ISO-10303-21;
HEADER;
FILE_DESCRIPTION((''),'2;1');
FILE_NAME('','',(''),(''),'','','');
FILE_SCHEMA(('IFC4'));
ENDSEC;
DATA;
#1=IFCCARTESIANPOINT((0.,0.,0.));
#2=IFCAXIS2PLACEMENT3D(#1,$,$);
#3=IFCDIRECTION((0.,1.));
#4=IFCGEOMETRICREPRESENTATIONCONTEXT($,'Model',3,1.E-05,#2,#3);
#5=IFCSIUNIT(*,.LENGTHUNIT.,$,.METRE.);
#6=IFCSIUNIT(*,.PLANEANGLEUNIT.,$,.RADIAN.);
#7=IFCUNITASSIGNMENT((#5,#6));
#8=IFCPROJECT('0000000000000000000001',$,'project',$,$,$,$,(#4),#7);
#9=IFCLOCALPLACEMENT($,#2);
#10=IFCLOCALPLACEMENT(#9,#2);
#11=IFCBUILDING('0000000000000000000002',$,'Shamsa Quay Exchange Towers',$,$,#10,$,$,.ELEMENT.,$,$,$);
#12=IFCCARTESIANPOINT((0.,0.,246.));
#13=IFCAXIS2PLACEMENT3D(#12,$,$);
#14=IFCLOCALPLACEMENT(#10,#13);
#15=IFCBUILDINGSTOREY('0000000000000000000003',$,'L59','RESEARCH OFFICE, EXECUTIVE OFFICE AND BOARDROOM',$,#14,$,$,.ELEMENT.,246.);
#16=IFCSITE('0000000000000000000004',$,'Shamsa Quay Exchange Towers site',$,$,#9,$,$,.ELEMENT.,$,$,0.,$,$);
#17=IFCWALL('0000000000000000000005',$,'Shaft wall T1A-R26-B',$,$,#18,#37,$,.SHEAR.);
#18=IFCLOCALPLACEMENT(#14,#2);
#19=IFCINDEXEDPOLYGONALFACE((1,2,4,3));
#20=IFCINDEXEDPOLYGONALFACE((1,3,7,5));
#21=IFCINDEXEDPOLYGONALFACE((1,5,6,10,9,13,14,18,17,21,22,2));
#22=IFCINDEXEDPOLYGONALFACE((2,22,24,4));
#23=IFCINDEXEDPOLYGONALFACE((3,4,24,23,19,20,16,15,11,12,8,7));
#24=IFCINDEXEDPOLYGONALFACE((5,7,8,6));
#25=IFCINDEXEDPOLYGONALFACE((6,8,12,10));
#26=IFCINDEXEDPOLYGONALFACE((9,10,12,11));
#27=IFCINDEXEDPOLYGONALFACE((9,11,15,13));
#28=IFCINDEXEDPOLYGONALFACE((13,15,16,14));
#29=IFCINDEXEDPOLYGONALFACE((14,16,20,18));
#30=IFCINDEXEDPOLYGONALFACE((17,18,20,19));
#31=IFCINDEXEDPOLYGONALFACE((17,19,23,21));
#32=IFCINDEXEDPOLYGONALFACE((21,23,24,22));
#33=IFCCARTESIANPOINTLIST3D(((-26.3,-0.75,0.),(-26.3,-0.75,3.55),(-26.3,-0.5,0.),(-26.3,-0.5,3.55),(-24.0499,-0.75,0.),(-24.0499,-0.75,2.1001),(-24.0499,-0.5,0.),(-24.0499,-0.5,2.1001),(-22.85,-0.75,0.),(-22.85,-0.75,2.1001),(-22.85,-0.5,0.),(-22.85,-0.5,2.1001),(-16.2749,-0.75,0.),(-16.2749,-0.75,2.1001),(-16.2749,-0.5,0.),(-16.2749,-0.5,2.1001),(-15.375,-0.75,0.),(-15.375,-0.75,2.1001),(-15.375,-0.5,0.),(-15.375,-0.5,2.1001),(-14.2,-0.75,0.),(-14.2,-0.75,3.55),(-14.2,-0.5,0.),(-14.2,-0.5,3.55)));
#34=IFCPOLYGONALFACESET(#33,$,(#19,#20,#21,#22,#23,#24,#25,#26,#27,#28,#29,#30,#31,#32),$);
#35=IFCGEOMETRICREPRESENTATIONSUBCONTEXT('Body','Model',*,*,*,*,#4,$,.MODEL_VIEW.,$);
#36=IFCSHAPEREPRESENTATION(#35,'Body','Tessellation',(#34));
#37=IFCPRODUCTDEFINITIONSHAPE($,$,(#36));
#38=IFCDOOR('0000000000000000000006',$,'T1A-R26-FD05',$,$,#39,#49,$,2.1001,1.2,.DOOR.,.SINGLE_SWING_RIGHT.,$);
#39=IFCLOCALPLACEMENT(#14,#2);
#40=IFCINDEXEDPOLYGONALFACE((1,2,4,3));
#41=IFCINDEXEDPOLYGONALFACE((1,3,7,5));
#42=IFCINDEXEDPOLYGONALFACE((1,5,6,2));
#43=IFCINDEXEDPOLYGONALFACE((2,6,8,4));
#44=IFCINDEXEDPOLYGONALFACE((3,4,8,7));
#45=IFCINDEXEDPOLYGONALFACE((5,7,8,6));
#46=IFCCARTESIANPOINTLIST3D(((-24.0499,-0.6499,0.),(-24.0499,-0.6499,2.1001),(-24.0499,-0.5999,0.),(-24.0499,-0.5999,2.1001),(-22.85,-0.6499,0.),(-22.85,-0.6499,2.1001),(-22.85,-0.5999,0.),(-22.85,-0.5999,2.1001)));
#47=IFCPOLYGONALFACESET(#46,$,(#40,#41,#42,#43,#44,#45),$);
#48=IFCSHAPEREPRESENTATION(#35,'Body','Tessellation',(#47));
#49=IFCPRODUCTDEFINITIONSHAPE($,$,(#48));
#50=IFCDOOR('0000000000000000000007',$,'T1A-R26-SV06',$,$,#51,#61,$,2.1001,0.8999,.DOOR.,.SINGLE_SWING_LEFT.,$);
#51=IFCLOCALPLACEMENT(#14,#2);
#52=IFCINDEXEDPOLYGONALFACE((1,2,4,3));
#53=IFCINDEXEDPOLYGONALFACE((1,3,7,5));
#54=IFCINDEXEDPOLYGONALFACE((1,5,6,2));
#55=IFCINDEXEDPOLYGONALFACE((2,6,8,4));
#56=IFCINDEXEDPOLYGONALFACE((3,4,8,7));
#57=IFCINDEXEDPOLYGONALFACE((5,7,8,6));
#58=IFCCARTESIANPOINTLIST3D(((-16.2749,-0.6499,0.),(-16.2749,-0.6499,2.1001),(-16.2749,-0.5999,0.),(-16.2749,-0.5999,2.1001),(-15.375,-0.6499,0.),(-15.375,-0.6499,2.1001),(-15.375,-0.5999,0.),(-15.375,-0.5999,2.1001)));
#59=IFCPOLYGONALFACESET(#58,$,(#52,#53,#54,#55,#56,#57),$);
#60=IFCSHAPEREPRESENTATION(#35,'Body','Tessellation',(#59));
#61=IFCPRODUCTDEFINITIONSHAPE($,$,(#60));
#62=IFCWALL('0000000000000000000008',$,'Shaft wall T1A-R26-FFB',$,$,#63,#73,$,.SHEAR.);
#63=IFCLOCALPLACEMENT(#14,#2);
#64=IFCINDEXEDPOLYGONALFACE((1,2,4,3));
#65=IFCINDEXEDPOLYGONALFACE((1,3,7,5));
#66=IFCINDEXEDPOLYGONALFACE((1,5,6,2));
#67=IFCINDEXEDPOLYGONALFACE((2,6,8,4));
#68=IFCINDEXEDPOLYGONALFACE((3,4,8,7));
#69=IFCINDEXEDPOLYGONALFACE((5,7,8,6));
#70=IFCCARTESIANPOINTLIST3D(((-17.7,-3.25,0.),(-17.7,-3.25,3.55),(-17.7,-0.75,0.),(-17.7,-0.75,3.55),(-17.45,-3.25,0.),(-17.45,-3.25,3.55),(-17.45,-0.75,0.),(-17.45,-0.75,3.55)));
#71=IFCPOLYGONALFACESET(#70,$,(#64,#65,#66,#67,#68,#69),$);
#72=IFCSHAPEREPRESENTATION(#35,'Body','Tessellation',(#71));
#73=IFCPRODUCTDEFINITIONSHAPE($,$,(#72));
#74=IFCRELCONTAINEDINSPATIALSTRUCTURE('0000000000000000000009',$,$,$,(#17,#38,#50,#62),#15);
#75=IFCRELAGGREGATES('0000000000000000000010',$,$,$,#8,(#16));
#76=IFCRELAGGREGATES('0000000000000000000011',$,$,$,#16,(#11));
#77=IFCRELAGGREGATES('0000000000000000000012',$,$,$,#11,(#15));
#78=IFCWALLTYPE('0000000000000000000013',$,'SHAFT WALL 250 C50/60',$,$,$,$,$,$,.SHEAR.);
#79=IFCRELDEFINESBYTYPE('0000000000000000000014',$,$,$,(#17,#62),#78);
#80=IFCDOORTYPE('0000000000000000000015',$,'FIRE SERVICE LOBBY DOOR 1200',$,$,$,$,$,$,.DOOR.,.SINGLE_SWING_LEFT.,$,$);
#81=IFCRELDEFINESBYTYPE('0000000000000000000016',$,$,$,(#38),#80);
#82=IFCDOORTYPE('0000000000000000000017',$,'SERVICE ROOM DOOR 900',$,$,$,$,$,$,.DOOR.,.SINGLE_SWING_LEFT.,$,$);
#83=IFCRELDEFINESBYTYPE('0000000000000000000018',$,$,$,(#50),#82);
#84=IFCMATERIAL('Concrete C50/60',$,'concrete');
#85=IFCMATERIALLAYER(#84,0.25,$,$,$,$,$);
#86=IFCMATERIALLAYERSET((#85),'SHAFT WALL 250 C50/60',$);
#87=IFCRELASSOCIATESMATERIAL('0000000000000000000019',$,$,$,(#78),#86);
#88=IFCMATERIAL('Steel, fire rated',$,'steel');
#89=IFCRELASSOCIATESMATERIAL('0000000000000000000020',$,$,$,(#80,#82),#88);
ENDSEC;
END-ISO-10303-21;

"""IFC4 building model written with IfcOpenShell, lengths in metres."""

from ifc_helpers import new_model, si_unit, direction, frame, frame_2d, origin, place, context, subcontext, project, spatial, rectangle, extrude, material, layer, layer_set, type_object, element, fill, save


model = new_model("IFC4")

# Units and contexts
model_context = context("Model", 3, precision=1e-05, world=origin(), true_north=direction((0.0, 1.0)))
body_context = subcontext(model_context, "Body", "Model", "MODEL_VIEW")
ifc_project = project(units=[si_unit("LENGTHUNIT", "METRE"), si_unit("PLANEANGLEUNIT", "RADIAN")], contexts=[model_context])

# Site, building, storey
site_placement = place(None, origin())
site = spatial("IfcSite", under=ifc_project, at=site_placement, Name="Shamsa Quay Exchange Towers site", CompositionType="ELEMENT", RefElevation=0.0)
building_placement = place(site_placement, origin())
building = spatial("IfcBuilding", under=site, at=building_placement, Name="Shamsa Quay Exchange Towers", CompositionType="ELEMENT")
storey_placement = place(building_placement, frame((0.0, 0.0, 246.0)))
storey = spatial("IfcBuildingStorey", under=building, at=storey_placement, Name="L59", Description="RESEARCH OFFICE, EXECUTIVE OFFICE AND BOARDROOM", CompositionType="ELEMENT", Elevation=246.0)

# Shared definitions
ifc_material_1 = material(Name="Concrete C50/60", Category="concrete")
ifc_layer_1 = layer(ifc_material_1, 0.25)
ifc_layer_set_1 = layer_set([ifc_layer_1], Name="SHAFT WALL 250 C50/60")
wall_type = type_object("IfcWallType", Name="SHAFT WALL 250 C50/60", PredefinedType="SHEAR", material=ifc_layer_set_1)
ifc_material_2 = material(Name="Steel, fire rated", Category="steel")

# Wall, openings, doors
wall_1_placement = place(storey_placement, frame((-14.2, -0.625, 0.0), z_axis=(0.0, 0.0, 1.0), x_axis=(-1.0, 0.0, 0.0)))
wall_1 = element("IfcWall", 1, at=wall_1_placement, inside=storey, type_object=wall_type, Name="Shaft wall T1A-R26-B", PredefinedType="SHEAR", context=body_context, shape_type="SweptSolid", body=[
    extrude(rectangle(XDim=12.1001, YDim=0.25, at=frame_2d((6.05, 0.0))), origin(), (0.0, 0.0, 1.0), 3.55),
])
opening_1_placement = place(wall_1_placement, frame((8.6499, 0.0, 0.0)))
opening_1 = element("IfcOpeningElement", 2, at=opening_1_placement, cuts=wall_1, PredefinedType="OPENING", context=body_context, shape_type="SweptSolid", body=[
    extrude(rectangle(XDim=1.2, YDim=2.1001, at=frame_2d((0.6001, 1.05))), frame((0.0, 0.135, 0.0), z_axis=(0.0, -1.0, 0.0), x_axis=(1.0, 0.0, 0.0)), (0.0, 0.0, 1.0), 0.27),
])
opening_2_placement = place(wall_1_placement, frame((1.175, 0.0, 0.0)))
opening_2 = element("IfcOpeningElement", 3, at=opening_2_placement, cuts=wall_1, PredefinedType="OPENING", context=body_context, shape_type="SweptSolid", body=[
    extrude(rectangle(XDim=0.8999, YDim=2.1001, at=frame_2d((0.45, 1.05))), frame((0.0, 0.135, 0.0), z_axis=(0.0, -1.0, 0.0), x_axis=(1.0, 0.0, 0.0)), (0.0, 0.0, 1.0), 0.27),
])
door_type_1 = type_object("IfcDoorType", Name="FIRE SERVICE LOBBY DOOR 1200", OperationType="SINGLE_SWING_LEFT", PredefinedType="DOOR", material=ifc_material_2)
door_1_placement = place(opening_1_placement, origin())
door_1 = element("IfcDoor", 4, at=door_1_placement, inside=storey, type_object=door_type_1, Name="T1A-R26-FD05", OperationType="SINGLE_SWING_RIGHT", OverallHeight=2.1001, OverallWidth=1.2, PredefinedType="DOOR", context=body_context, shape_type="SweptSolid", body=[
    extrude(rectangle(XDim=1.2, YDim=2.1001, at=frame_2d((0.6001, 1.05))), frame((0.0, 0.0249, 0.0), z_axis=(0.0, -1.0, 0.0), x_axis=(1.0, 0.0, 0.0)), (0.0, 0.0, 1.0), 0.05),
])
fill(opening_1, door_1)
door_type_2 = type_object("IfcDoorType", Name="SERVICE ROOM DOOR 900", OperationType="SINGLE_SWING_LEFT", PredefinedType="DOOR", material=ifc_material_2)
door_2_placement = place(opening_2_placement, origin())
door_2 = element("IfcDoor", 5, at=door_2_placement, inside=storey, type_object=door_type_2, Name="T1A-R26-SV06", OperationType="SINGLE_SWING_LEFT", OverallHeight=2.1001, OverallWidth=0.8999, PredefinedType="DOOR", context=body_context, shape_type="SweptSolid", body=[
    extrude(rectangle(XDim=0.8999, YDim=2.1001, at=frame_2d((0.45, 1.05))), frame((0.0, 0.0249, 0.0), z_axis=(0.0, -1.0, 0.0), x_axis=(1.0, 0.0, 0.0)), (0.0, 0.0, 1.0), 0.05),
])
fill(opening_2, door_2)

# Wall
wall_2_placement = place(storey_placement, frame((-17.575, -3.25, 0.0), z_axis=(0.0, 0.0, 1.0), x_axis=(0.0, 1.0, 0.0)))
element("IfcWall", 6, at=wall_2_placement, inside=storey, type_object=wall_type, Name="Shaft wall T1A-R26-FFB", PredefinedType="SHEAR", context=body_context, shape_type="SweptSolid", body=[
    extrude(rectangle(XDim=2.5, YDim=0.25, at=frame_2d((1.25, 0.0))), origin(), (0.0, 0.0, 1.0), 3.55),
])

save(model, "model.ifc")
